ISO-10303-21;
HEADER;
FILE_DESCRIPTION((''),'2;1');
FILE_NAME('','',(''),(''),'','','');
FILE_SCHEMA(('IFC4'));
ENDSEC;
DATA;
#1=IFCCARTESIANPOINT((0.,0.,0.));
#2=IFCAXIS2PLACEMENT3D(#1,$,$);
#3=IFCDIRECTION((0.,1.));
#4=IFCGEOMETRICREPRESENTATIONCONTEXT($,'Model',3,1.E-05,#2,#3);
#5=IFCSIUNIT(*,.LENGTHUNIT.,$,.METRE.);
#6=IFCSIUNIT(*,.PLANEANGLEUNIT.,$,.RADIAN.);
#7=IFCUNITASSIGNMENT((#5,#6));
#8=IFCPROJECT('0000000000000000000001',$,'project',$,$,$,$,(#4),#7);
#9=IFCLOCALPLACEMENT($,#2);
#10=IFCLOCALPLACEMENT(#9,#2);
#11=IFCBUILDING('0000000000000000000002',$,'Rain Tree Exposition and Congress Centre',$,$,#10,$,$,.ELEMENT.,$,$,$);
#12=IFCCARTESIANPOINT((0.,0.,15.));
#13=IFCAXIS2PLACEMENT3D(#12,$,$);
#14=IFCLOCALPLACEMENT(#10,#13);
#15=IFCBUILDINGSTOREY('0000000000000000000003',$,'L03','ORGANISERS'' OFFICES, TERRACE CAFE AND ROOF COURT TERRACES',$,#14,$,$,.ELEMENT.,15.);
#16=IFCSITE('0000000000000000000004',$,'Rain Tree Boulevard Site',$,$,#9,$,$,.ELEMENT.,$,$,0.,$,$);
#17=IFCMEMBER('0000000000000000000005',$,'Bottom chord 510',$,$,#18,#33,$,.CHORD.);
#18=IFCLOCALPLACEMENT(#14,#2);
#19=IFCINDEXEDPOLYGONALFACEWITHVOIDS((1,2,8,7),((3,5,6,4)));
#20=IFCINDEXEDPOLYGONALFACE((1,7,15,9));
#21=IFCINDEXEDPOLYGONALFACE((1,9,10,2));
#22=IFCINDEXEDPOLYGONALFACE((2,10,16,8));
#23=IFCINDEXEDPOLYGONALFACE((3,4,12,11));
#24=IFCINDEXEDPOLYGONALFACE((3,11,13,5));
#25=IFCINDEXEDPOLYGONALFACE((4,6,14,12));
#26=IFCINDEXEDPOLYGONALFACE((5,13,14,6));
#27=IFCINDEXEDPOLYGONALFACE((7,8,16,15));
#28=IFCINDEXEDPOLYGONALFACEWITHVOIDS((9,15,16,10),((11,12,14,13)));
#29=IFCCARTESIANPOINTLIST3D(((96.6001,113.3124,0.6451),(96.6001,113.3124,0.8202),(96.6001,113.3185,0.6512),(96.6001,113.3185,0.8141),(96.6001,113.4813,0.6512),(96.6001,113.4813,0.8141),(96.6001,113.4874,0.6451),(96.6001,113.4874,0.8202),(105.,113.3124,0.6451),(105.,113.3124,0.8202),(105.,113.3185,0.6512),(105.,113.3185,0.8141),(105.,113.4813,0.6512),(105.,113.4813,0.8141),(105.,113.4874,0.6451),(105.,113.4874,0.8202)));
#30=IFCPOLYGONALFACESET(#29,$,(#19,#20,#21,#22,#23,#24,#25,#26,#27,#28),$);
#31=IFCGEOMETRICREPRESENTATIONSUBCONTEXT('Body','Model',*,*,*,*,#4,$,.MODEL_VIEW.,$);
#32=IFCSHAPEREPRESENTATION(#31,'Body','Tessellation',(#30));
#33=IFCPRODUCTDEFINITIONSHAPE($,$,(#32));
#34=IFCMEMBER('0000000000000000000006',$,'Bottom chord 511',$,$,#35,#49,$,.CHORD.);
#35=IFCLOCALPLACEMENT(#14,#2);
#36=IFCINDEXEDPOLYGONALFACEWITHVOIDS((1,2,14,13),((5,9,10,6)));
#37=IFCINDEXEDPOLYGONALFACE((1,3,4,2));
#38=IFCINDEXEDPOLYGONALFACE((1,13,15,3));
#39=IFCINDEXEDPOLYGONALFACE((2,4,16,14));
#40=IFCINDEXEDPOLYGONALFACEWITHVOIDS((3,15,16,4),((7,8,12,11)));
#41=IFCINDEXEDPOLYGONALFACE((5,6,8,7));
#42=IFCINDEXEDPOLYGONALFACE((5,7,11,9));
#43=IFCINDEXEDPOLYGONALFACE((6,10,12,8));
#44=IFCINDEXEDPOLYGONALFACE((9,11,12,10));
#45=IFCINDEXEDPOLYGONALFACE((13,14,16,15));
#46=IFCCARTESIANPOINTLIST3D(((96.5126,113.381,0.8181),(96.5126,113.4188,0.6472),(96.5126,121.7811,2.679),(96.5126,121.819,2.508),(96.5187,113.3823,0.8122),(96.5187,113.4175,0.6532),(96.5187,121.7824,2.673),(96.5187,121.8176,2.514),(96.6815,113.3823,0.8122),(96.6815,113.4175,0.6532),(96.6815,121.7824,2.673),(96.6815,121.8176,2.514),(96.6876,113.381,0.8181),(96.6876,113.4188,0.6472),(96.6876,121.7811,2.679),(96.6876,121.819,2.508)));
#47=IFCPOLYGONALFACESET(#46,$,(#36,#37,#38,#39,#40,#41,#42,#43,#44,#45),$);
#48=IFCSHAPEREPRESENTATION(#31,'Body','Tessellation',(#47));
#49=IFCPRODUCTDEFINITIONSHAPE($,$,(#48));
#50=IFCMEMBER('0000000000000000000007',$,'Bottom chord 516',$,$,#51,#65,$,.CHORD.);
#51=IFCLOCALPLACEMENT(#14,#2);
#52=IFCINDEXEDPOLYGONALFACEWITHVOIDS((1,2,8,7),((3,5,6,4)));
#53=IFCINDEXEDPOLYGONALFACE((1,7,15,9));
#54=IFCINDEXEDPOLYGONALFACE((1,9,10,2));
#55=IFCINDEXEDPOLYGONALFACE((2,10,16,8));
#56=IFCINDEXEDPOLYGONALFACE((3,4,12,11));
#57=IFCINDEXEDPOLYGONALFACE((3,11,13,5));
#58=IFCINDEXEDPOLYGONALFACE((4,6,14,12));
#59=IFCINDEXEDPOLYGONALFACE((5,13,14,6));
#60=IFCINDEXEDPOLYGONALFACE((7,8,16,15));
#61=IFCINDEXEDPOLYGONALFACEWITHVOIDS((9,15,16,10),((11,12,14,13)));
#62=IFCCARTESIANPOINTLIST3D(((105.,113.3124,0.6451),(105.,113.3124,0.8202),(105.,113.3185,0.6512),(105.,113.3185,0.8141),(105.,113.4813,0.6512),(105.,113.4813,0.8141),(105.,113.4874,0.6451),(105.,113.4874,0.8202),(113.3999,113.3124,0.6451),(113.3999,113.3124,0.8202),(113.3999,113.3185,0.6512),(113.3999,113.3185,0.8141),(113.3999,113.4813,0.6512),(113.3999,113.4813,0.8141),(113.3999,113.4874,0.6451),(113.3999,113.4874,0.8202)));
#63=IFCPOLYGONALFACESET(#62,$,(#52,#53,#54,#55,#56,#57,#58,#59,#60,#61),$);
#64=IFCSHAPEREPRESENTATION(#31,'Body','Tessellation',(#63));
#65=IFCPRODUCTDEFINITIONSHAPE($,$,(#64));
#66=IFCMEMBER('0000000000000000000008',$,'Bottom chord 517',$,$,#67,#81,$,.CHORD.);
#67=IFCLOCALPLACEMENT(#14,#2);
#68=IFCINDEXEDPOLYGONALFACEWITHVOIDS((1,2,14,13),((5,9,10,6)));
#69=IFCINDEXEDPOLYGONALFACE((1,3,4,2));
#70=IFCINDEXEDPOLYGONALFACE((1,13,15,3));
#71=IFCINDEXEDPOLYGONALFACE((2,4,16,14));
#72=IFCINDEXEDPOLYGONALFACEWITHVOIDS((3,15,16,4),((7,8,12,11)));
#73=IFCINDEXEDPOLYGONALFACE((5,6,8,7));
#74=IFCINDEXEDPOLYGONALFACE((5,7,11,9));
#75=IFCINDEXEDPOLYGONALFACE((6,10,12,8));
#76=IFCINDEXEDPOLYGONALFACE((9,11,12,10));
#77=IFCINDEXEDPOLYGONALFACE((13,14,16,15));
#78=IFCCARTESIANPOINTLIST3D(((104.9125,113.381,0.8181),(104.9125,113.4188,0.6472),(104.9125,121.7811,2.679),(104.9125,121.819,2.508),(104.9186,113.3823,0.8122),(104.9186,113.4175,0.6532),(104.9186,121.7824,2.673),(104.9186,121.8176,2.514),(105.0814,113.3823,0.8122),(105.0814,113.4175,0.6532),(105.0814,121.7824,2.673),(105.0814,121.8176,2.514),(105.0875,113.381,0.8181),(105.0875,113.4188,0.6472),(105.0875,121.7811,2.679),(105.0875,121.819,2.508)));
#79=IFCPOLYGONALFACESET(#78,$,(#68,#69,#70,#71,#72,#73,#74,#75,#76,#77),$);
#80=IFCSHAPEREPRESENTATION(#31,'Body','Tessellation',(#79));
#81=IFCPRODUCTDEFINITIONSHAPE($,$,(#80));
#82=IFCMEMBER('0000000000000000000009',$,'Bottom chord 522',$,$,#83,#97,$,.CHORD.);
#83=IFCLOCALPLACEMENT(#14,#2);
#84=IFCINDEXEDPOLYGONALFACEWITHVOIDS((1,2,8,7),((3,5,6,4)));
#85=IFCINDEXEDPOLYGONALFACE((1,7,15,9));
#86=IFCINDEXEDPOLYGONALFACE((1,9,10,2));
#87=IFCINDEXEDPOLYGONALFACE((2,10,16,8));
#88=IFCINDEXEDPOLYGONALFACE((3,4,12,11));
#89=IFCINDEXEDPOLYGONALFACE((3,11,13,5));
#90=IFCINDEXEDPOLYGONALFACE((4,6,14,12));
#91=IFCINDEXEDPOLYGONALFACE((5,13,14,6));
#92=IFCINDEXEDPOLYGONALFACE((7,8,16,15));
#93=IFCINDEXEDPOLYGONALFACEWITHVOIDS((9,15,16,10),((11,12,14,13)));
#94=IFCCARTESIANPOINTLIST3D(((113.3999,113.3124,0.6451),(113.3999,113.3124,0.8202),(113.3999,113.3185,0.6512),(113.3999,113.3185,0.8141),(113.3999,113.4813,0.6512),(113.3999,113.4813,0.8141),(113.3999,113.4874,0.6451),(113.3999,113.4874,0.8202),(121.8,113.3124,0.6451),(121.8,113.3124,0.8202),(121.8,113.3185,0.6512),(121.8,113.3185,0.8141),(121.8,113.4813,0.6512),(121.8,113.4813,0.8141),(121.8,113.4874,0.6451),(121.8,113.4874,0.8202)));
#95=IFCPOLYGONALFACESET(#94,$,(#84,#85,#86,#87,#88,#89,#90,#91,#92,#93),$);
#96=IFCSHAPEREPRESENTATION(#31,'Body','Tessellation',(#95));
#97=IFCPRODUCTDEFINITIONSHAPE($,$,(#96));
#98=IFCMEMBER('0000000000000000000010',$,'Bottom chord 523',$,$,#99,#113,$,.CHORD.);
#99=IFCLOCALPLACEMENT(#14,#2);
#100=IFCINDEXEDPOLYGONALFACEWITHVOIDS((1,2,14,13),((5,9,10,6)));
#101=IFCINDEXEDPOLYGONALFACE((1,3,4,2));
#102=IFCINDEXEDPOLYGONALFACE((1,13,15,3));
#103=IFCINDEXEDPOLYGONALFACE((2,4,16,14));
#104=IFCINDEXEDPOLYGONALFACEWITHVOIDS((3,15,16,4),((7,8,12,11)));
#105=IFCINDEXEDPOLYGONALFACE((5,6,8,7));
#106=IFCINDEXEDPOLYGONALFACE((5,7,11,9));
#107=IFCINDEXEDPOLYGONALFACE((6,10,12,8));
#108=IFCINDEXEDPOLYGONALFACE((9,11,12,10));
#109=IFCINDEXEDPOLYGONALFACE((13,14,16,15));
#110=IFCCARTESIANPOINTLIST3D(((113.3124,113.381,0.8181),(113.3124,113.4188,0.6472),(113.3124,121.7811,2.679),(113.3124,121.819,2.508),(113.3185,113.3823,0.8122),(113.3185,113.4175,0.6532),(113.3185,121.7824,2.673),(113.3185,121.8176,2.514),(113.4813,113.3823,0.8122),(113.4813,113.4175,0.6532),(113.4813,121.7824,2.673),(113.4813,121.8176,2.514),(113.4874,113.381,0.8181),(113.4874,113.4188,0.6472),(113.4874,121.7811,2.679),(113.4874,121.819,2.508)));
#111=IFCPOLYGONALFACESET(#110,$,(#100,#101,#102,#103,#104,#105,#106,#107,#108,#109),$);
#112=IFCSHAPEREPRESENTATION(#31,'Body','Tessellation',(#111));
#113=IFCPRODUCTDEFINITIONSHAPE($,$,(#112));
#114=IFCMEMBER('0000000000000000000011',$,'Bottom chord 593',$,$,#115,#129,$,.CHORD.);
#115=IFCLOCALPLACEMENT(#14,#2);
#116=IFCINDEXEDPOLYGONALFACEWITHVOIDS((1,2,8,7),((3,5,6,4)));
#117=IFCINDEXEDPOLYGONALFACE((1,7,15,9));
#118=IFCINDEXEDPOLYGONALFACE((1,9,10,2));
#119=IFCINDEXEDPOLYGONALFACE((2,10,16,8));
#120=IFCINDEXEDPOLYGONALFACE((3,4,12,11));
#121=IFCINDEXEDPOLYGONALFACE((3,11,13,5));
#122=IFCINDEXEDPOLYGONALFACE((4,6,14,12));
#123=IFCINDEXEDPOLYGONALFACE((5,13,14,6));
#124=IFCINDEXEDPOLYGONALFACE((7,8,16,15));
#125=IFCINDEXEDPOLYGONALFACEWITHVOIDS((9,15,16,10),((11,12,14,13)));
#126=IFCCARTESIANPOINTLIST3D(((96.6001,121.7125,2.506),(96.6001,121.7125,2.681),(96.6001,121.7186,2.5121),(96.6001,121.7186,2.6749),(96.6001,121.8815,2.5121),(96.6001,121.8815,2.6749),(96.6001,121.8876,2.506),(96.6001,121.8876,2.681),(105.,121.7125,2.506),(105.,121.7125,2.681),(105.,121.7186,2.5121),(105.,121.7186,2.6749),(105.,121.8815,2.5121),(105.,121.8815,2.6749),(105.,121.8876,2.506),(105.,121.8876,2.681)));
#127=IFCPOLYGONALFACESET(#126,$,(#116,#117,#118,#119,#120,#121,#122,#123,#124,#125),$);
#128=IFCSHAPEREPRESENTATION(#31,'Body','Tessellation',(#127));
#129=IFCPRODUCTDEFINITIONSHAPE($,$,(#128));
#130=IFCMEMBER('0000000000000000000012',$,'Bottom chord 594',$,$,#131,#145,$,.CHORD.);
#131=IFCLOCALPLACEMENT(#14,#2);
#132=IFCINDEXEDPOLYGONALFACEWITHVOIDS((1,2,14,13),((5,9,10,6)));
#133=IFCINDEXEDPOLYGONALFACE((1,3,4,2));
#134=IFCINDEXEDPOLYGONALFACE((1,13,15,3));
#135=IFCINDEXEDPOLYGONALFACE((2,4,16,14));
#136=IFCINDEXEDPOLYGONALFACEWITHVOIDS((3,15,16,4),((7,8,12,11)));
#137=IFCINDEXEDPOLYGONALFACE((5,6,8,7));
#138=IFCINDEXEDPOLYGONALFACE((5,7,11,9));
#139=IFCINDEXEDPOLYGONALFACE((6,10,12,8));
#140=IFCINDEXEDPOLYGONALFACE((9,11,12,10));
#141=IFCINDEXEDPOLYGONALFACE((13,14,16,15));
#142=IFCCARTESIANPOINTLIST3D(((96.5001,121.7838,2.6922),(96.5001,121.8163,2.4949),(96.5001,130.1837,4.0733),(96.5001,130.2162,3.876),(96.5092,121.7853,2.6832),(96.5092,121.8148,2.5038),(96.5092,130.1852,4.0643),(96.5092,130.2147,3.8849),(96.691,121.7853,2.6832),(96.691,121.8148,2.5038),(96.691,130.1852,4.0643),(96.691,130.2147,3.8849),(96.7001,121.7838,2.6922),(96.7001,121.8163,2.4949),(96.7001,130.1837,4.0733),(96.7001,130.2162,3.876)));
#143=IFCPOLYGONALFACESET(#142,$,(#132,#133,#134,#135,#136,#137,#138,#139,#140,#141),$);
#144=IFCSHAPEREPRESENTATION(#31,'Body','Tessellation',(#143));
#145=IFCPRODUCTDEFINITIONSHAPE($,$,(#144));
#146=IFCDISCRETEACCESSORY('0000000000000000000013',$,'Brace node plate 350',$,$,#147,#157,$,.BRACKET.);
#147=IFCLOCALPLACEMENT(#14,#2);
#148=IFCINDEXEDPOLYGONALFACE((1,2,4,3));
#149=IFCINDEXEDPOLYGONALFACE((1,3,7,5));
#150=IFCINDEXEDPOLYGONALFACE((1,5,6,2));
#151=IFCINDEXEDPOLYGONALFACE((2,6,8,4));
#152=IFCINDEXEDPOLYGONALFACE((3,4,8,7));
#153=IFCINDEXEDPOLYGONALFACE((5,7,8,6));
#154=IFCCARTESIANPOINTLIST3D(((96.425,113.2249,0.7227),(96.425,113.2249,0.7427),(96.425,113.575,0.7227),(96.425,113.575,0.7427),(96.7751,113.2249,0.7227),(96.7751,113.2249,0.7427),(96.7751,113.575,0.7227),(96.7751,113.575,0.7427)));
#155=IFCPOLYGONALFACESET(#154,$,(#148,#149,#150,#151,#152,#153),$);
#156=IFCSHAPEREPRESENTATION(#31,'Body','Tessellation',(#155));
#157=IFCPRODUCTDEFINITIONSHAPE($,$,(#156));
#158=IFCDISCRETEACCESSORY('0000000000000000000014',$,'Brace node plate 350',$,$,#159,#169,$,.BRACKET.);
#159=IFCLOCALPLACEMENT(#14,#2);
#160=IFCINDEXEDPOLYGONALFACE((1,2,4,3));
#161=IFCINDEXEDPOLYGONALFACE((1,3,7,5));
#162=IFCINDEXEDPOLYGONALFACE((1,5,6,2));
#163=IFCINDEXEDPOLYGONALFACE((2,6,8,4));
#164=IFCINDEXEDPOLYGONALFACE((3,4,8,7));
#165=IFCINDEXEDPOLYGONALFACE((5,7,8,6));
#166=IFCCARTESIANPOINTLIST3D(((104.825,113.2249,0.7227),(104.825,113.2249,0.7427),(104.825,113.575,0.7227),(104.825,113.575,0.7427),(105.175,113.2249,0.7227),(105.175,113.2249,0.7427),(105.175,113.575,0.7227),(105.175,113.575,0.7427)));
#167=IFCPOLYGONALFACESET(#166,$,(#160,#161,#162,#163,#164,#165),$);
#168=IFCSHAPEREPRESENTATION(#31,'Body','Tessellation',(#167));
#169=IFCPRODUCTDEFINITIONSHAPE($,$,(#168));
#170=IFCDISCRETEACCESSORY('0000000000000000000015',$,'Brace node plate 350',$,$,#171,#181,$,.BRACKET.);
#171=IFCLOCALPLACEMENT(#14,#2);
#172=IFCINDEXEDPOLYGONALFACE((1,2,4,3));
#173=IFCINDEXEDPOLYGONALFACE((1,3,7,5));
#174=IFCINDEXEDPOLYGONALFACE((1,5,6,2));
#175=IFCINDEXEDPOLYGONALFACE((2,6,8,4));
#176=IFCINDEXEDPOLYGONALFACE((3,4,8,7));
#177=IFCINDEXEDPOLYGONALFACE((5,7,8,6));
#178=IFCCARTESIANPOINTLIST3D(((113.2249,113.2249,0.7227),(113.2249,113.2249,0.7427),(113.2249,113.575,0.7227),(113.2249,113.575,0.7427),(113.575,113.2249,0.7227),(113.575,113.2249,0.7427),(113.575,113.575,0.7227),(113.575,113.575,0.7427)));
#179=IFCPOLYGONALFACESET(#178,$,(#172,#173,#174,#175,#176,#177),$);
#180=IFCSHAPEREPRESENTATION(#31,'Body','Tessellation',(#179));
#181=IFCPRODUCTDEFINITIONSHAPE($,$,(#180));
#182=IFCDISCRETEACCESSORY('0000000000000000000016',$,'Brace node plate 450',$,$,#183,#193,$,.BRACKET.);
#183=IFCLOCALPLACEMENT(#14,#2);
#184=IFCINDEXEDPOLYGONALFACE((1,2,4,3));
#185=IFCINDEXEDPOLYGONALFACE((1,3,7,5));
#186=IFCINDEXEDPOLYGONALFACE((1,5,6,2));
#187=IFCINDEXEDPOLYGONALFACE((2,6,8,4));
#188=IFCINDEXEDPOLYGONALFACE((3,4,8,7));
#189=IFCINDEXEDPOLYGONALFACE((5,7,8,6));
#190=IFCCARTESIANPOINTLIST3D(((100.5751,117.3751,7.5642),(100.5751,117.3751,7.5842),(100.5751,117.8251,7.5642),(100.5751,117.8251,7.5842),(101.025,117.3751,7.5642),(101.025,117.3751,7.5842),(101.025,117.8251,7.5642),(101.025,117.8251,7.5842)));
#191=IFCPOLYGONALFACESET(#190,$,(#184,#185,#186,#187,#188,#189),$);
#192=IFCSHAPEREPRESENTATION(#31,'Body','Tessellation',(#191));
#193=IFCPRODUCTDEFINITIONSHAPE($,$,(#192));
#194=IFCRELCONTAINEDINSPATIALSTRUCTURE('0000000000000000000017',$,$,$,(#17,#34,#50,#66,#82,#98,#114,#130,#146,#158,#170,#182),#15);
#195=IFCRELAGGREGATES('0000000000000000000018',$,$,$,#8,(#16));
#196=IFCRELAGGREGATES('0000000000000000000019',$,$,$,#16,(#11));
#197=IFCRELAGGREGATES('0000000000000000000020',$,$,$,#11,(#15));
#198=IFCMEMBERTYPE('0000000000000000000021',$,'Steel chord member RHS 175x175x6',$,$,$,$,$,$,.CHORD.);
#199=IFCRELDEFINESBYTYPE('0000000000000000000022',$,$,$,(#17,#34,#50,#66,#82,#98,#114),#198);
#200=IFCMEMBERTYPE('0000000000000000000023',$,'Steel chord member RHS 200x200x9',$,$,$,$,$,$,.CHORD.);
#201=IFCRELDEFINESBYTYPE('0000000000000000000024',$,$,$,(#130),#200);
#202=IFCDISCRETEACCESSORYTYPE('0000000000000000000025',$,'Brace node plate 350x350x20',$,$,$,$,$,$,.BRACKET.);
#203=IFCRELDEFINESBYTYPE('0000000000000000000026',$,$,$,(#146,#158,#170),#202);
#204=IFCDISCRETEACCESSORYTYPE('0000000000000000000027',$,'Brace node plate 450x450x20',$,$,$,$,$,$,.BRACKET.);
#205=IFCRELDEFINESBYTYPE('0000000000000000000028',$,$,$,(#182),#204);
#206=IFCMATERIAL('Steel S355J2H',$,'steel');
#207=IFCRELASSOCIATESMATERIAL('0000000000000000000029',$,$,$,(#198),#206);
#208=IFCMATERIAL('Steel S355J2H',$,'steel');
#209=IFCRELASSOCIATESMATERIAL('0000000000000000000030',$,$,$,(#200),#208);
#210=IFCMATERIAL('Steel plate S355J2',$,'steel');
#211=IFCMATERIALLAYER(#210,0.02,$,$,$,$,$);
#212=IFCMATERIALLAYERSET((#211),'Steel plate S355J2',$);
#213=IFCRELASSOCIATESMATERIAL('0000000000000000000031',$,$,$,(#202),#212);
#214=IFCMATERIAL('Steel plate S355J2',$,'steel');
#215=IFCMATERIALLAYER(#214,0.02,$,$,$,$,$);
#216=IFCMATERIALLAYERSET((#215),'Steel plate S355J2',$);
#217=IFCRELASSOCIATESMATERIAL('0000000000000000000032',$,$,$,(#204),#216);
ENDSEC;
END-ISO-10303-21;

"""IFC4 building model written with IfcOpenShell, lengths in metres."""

from ifc_helpers import new_model, si_unit, direction, frame, origin, origin_2d, place, context, subcontext, project, spatial, rectangle, hollow_rectangle, extrude, material, layer, layer_set, material_profile, profile_set, type_object, element, save


model = new_model("IFC4")

# Units and contexts
model_context = context("Model", 3, precision=1e-05, world=origin(), true_north=direction((0.0, 1.0)))
body_context = subcontext(model_context, "Body", "Model", "MODEL_VIEW")
ifc_project = project(units=[si_unit("LENGTHUNIT", "METRE"), si_unit("PLANEANGLEUNIT", "RADIAN")], contexts=[model_context])

# Site, building, storey
site_placement = place(None, origin())
site = spatial("IfcSite", under=ifc_project, at=site_placement, Name="Rain Tree Boulevard Site", CompositionType="ELEMENT", RefElevation=0.0)
building_placement = place(site_placement, origin())
building = spatial("IfcBuilding", under=site, at=building_placement, Name="Rain Tree Exposition and Congress Centre", CompositionType="ELEMENT")
storey_placement = place(building_placement, frame((0.0, 0.0, 15.0)))
storey = spatial("IfcBuildingStorey", under=building, at=storey_placement, Name="L03", Description="ORGANISERS' OFFICES, TERRACE CAFE AND ROOF COURT TERRACES", CompositionType="ELEMENT", Elevation=15.0)

# Members
ifc_material_1 = material(Name="Steel S355J2H", Category="steel")
ifc_material_profile_1 = material_profile(ifc_material_1, hollow_rectangle(XDim=0.175, YDim=0.175, WallThickness=0.0061, at=origin_2d()), Name="RHS 175x175x6")
ifc_profile_set_1 = profile_set([ifc_material_profile_1], Name="Steel S355J2H")
member_type_1 = type_object("IfcMemberType", Name="Steel chord member RHS 175x175x6", PredefinedType="CHORD", material=ifc_profile_set_1)
member_1_placement = place(storey_placement, frame((96.6001, 113.3999, 0.7327), z_axis=(1.0, 0.0, 0.0), x_axis=(0.0, 1.0, 0.0)))
element("IfcMember", 1, at=member_1_placement, inside=storey, type_object=member_type_1, Name="Bottom chord 510", PredefinedType="CHORD", context=body_context, shape_type="SweptSolid", body=[
    extrude(hollow_rectangle(XDim=0.175, YDim=0.175, WallThickness=0.0061, at=origin_2d()), origin(), (0.0, 0.0, 1.0), 8.3999),
])
member_2_placement = place(storey_placement, frame((96.6001, 113.3999, 0.7327), z_axis=(0.0, 0.976331, 0.216281), x_axis=(-1.0, 0.0, 0.0)))
element("IfcMember", 2, at=member_2_placement, inside=storey, type_object=member_type_1, Name="Bottom chord 511", PredefinedType="CHORD", context=body_context, shape_type="SweptSolid", body=[
    extrude(hollow_rectangle(XDim=0.175, YDim=0.175, WallThickness=0.0061, at=origin_2d()), origin(), (0.0, 0.0, 1.0), 8.6038),
])
member_3_placement = place(storey_placement, frame((105.0, 113.3999, 0.7327), z_axis=(1.0, 0.0, 0.0), x_axis=(0.0, 1.0, 0.0)))
element("IfcMember", 3, at=member_3_placement, inside=storey, type_object=member_type_1, Name="Bottom chord 516", PredefinedType="CHORD", context=body_context, shape_type="SweptSolid", body=[
    extrude(hollow_rectangle(XDim=0.175, YDim=0.175, WallThickness=0.0061, at=origin_2d()), origin(), (0.0, 0.0, 1.0), 8.3999),
])
member_4_placement = place(storey_placement, frame((105.0, 113.3999, 0.7327), z_axis=(0.0, 0.976331, 0.216281), x_axis=(-1.0, 0.0, 0.0)))
element("IfcMember", 4, at=member_4_placement, inside=storey, type_object=member_type_1, Name="Bottom chord 517", PredefinedType="CHORD", context=body_context, shape_type="SweptSolid", body=[
    extrude(hollow_rectangle(XDim=0.175, YDim=0.175, WallThickness=0.0061, at=origin_2d()), origin(), (0.0, 0.0, 1.0), 8.6038),
])
member_5_placement = place(storey_placement, frame((113.3999, 113.3999, 0.7327), z_axis=(1.0, 0.0, 0.0), x_axis=(0.0, 1.0, 0.0)))
element("IfcMember", 5, at=member_5_placement, inside=storey, type_object=member_type_1, Name="Bottom chord 522", PredefinedType="CHORD", context=body_context, shape_type="SweptSolid", body=[
    extrude(hollow_rectangle(XDim=0.175, YDim=0.175, WallThickness=0.0061, at=origin_2d()), origin(), (0.0, 0.0, 1.0), 8.4001),
])
member_6_placement = place(storey_placement, frame((113.3999, 113.3999, 0.7327), z_axis=(0.0, 0.976331, 0.216281), x_axis=(-1.0, 0.0, 0.0)))
element("IfcMember", 6, at=member_6_placement, inside=storey, type_object=member_type_1, Name="Bottom chord 523", PredefinedType="CHORD", context=body_context, shape_type="SweptSolid", body=[
    extrude(hollow_rectangle(XDim=0.175, YDim=0.175, WallThickness=0.0061, at=origin_2d()), origin(), (0.0, 0.0, 1.0), 8.6038),
])
member_7_placement = place(storey_placement, frame((96.6001, 121.8, 2.5935), z_axis=(1.0, 0.0, 0.0), x_axis=(0.0, 1.0, 0.0)))
element("IfcMember", 7, at=member_7_placement, inside=storey, type_object=member_type_1, Name="Bottom chord 593", PredefinedType="CHORD", context=body_context, shape_type="SweptSolid", body=[
    extrude(hollow_rectangle(XDim=0.175, YDim=0.175, WallThickness=0.0061, at=origin_2d()), origin(), (0.0, 0.0, 1.0), 8.3999),
])
ifc_material_2 = material(Name="Steel S355J2H", Category="steel")
ifc_material_profile_2 = material_profile(ifc_material_2, hollow_rectangle(XDim=0.2, YDim=0.2, WallThickness=0.009, at=origin_2d()), Name="RHS 200x200x9")
ifc_profile_set_2 = profile_set([ifc_material_profile_2], Name="Steel S355J2H")
member_type_2 = type_object("IfcMemberType", Name="Steel chord member RHS 200x200x9", PredefinedType="CHORD", material=ifc_profile_set_2)
member_8_placement = place(storey_placement, frame((96.6001, 121.8, 2.5935), z_axis=(0.0, 0.986751, 0.162241), x_axis=(-1.0, 0.0, 0.0)))
element("IfcMember", 8, at=member_8_placement, inside=storey, type_object=member_type_2, Name="Bottom chord 594", PredefinedType="CHORD", context=body_context, shape_type="SweptSolid", body=[
    extrude(hollow_rectangle(XDim=0.2, YDim=0.2, WallThickness=0.009, at=origin_2d()), origin(), (0.0, 0.0, 1.0), 8.5127),
])

# Discrete accessories
ifc_material_3 = material(Name="Steel plate S355J2", Category="steel")
ifc_layer_1 = layer(ifc_material_3, 0.02)
ifc_layer_set_1 = layer_set([ifc_layer_1], Name="Steel plate S355J2")
discrete_accessory_type_1 = type_object("IfcDiscreteAccessoryType", Name="Brace node plate 350x350x20", PredefinedType="BRACKET", material=ifc_layer_set_1)
for number, where, z_axis, x_axis, name in (
    (9, (96.6001, 113.3999, 0.7227), (0.0, 0.0, 1.0), (1.0, 0.0, 0.0), "Brace node plate 350"),
    (10, (105.0, 113.3999, 0.7227), (0.0, 0.0, 1.0), (1.0, 0.0, 0.0), "Brace node plate 350"),
    (11, (113.3999, 113.3999, 0.7227), (0.0, 0.0, 1.0), (1.0, 0.0, 0.0), "Brace node plate 350"),
):
    element("IfcDiscreteAccessory", number, at=place(storey_placement, frame(where, z_axis=z_axis, x_axis=x_axis)), inside=storey, type_object=discrete_accessory_type_1, Name=name, PredefinedType="BRACKET", context=body_context, shape_type="SweptSolid", body=[
        extrude(rectangle(XDim=0.3501, YDim=0.3501, at=origin_2d()), origin(), (0.0, 0.0, 1.0), 0.02),
    ])
ifc_material_4 = material(Name="Steel plate S355J2", Category="steel")
ifc_layer_2 = layer(ifc_material_4, 0.02)
ifc_layer_set_2 = layer_set([ifc_layer_2], Name="Steel plate S355J2")
discrete_accessory_type_2 = type_object("IfcDiscreteAccessoryType", Name="Brace node plate 450x450x20", PredefinedType="BRACKET", material=ifc_layer_set_2)
for number, where, z_axis, x_axis, name in (
    (12, (100.8, 117.6001, 7.5642), (0.0, 0.0, 1.0), (1.0, 0.0, 0.0), "Brace node plate 450"),
):
    element("IfcDiscreteAccessory", number, at=place(storey_placement, frame(where, z_axis=z_axis, x_axis=x_axis)), inside=storey, type_object=discrete_accessory_type_2, Name=name, PredefinedType="BRACKET", context=body_context, shape_type="SweptSolid", body=[
        extrude(rectangle(XDim=0.45, YDim=0.45, at=origin_2d()), origin(), (0.0, 0.0, 1.0), 0.02),
    ])

save(model, "model.ifc")
